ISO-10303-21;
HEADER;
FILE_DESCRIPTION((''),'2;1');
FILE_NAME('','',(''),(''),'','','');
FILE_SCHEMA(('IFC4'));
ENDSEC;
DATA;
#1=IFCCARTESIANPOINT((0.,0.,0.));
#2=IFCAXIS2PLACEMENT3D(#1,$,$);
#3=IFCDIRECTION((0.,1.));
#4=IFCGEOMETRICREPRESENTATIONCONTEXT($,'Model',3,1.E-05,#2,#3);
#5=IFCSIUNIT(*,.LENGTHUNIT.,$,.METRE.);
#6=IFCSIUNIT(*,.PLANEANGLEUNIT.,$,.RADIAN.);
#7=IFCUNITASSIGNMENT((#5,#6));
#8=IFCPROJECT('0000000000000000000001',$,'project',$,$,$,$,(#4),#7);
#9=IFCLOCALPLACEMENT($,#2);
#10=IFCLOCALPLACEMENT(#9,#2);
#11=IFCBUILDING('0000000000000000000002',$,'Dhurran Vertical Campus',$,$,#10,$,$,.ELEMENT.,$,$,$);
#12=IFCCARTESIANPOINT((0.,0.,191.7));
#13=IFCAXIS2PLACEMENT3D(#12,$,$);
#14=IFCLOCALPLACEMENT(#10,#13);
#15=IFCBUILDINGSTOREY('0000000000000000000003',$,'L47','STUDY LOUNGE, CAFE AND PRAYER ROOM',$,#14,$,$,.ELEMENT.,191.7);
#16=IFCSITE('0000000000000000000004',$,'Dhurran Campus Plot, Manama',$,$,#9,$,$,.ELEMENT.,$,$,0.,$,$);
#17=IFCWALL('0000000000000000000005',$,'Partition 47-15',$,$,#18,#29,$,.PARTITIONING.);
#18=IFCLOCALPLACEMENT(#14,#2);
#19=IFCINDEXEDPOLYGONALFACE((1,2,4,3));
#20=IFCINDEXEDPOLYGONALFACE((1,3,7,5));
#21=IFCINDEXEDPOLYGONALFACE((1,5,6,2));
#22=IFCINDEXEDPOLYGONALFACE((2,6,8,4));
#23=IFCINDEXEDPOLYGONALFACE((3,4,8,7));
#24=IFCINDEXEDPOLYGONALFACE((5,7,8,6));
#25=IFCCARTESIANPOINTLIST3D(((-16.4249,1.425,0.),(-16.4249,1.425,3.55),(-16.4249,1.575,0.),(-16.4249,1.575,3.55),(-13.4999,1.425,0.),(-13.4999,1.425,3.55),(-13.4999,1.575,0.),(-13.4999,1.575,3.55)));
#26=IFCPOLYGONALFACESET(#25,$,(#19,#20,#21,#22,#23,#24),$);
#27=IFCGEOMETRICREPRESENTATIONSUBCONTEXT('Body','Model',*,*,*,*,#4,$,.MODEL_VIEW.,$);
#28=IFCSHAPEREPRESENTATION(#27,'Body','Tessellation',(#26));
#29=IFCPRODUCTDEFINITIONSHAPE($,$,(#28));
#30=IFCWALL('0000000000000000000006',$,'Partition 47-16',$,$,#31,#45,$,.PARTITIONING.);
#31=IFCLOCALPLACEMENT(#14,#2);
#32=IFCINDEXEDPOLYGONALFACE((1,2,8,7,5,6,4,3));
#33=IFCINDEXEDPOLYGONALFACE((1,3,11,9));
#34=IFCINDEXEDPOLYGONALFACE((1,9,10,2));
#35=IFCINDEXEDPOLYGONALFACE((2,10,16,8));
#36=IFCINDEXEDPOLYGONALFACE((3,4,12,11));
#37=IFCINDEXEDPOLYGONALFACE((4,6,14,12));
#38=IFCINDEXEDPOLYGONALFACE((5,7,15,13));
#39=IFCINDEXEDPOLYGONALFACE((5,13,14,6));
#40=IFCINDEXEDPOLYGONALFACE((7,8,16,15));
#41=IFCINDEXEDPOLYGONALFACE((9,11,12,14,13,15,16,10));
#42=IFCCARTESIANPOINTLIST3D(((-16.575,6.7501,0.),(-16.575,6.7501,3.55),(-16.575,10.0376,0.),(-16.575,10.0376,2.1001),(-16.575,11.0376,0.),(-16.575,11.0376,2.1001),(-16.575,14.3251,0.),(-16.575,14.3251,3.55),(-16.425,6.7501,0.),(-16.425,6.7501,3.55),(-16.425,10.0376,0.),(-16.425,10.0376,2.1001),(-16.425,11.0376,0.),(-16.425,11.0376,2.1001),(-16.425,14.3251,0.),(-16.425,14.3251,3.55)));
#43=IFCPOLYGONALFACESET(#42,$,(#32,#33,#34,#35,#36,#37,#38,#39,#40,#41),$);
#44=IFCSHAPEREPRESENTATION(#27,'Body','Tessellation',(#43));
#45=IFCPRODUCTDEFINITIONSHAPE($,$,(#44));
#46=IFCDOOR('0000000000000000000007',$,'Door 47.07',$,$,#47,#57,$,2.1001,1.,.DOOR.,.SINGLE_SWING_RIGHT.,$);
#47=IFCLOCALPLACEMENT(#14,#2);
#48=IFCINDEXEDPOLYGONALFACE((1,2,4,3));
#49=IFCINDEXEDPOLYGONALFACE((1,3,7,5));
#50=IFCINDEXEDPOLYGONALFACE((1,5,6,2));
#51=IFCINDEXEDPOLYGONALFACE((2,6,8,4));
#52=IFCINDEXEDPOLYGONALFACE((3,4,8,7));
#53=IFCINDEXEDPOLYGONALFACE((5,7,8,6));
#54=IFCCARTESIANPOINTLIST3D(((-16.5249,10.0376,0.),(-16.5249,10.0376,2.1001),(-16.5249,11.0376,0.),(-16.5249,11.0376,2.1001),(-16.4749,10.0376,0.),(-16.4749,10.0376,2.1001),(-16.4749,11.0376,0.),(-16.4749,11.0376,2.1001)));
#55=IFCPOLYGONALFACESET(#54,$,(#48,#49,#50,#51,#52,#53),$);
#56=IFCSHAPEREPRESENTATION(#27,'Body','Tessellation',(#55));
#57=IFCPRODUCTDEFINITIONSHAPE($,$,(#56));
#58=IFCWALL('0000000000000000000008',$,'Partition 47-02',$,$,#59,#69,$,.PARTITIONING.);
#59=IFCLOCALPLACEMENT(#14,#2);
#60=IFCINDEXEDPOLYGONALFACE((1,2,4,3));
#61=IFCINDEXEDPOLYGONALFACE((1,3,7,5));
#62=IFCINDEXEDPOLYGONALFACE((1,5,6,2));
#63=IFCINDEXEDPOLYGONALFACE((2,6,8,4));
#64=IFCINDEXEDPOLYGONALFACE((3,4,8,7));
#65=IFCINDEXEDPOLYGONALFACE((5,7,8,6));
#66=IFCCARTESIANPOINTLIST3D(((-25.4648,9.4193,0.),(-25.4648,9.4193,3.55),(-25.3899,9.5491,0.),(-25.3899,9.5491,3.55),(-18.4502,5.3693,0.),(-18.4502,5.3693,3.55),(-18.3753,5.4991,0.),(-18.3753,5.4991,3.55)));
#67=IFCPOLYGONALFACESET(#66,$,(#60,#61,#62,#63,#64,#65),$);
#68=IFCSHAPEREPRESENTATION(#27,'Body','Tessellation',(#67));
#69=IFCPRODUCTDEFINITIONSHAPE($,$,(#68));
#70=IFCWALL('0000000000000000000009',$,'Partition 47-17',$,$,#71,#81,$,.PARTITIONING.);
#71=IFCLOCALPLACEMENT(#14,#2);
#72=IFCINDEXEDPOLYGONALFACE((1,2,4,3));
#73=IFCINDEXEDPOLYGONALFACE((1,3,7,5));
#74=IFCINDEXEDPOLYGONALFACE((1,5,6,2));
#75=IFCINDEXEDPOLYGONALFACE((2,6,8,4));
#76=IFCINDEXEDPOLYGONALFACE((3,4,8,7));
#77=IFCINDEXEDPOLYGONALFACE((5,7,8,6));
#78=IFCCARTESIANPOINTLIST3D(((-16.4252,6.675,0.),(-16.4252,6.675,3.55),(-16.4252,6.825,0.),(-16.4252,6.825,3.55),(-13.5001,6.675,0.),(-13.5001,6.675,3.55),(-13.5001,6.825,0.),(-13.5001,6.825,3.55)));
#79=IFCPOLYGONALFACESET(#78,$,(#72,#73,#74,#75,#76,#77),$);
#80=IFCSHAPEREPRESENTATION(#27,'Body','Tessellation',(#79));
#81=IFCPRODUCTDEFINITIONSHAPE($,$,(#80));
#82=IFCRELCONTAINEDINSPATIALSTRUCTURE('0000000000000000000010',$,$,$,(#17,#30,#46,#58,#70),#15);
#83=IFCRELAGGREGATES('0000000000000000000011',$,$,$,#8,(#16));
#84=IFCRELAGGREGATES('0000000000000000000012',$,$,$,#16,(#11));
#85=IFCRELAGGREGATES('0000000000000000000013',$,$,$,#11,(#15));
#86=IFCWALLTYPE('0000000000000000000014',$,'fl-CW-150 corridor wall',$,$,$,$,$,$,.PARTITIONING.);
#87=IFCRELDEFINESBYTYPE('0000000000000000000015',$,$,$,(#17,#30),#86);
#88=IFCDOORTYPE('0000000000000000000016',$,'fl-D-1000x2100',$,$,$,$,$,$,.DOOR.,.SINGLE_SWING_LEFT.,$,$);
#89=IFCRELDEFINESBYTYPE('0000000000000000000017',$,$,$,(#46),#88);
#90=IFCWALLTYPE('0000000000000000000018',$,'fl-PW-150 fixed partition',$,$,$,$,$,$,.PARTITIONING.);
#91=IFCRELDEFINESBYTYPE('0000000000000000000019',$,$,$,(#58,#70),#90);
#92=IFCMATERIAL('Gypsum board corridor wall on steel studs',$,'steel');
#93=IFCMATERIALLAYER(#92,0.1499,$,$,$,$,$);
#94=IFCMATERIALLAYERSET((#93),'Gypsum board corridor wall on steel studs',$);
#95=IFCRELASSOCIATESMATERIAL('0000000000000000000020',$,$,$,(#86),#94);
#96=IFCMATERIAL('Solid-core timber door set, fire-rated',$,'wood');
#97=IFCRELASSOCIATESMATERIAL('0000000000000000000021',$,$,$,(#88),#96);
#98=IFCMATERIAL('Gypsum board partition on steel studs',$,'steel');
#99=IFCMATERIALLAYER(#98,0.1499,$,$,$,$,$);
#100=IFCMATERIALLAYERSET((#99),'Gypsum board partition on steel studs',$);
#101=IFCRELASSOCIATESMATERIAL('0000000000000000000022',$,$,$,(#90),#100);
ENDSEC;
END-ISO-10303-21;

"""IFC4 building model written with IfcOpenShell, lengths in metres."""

from ifc_helpers import new_model, si_unit, direction, frame, frame_2d, origin, place, context, subcontext, project, spatial, rectangle, extrude, material, layer, layer_set, type_object, element, fill, save


model = new_model("IFC4")

# Units and contexts
model_context = context("Model", 3, precision=1e-05, world=origin(), true_north=direction((0.0, 1.0)))
body_context = subcontext(model_context, "Body", "Model", "MODEL_VIEW")
ifc_project = project(units=[si_unit("LENGTHUNIT", "METRE"), si_unit("PLANEANGLEUNIT", "RADIAN")], contexts=[model_context])

# Site, building, storey
site_placement = place(None, origin())
site = spatial("IfcSite", under=ifc_project, at=site_placement, Name="Dhurran Campus Plot, Manama", CompositionType="ELEMENT", RefElevation=0.0)
building_placement = place(site_placement, origin())
building = spatial("IfcBuilding", under=site, at=building_placement, Name="Dhurran Vertical Campus", CompositionType="ELEMENT")
storey_placement = place(building_placement, frame((0.0, 0.0, 191.7)))
storey = spatial("IfcBuildingStorey", under=building, at=storey_placement, Name="L47", Description="STUDY LOUNGE, CAFE AND PRAYER ROOM", CompositionType="ELEMENT", Elevation=191.7)

# Shared definitions
ifc_material_1 = material(Name="Gypsum board corridor wall on steel studs", Category="steel")
ifc_layer_1 = layer(ifc_material_1, 0.1499)
ifc_layer_set_1 = layer_set([ifc_layer_1], Name="Gypsum board corridor wall on steel studs")
wall_type_1 = type_object("IfcWallType", Name="fl-CW-150 corridor wall", PredefinedType="PARTITIONING", material=ifc_layer_set_1)
ifc_material_2 = material(Name="Solid-core timber door set, fire-rated", Category="wood")
door_type_1 = type_object("IfcDoorType", Name="fl-D-1000x2100", OperationType="SINGLE_SWING_LEFT", PredefinedType="DOOR", material=ifc_material_2)

# Wall
wall_1_placement = place(storey_placement, frame((-13.5, 1.5, 0.0), z_axis=(0.0, 0.0, 1.0), x_axis=(-1.0, 0.0, 0.0)))
element("IfcWall", 1, at=wall_1_placement, inside=storey, type_object=wall_type_1, Name="Partition 47-15", PredefinedType="PARTITIONING", context=body_context, shape_type="SweptSolid", body=[
    extrude(rectangle(XDim=2.925, YDim=0.1499, at=frame_2d((1.4624, 0.0))), origin(), (0.0, 0.0, 1.0), 3.55),
])

# Wall, opening, door
wall_2_placement = place(storey_placement, frame((-16.5, 6.75, 0.0), z_axis=(0.0, 0.0, 1.0), x_axis=(0.0, 1.0, 0.0)))
wall_2 = element("IfcWall", 2, at=wall_2_placement, inside=storey, type_object=wall_type_1, Name="Partition 47-16", PredefinedType="PARTITIONING", context=body_context, shape_type="SweptSolid", body=[
    extrude(rectangle(XDim=7.575, YDim=0.1499, at=frame_2d((3.7876, 0.0))), origin(), (0.0, 0.0, 1.0), 3.55),
])
opening_1_placement = place(wall_2_placement, frame((3.2876, 0.0, 0.0)))
opening_1 = element("IfcOpeningElement", 3, at=opening_1_placement, cuts=wall_2, PredefinedType="OPENING", context=body_context, shape_type="SweptSolid", body=[
    extrude(rectangle(XDim=1.0, YDim=2.1001, at=frame_2d((0.5, 1.05))), frame((0.0, 0.085, 0.0), z_axis=(0.0, -1.0, 0.0), x_axis=(1.0, 0.0, 0.0)), (0.0, 0.0, 1.0), 0.1699),
])
door_1_placement = place(opening_1_placement, origin())
door_1 = element("IfcDoor", 4, at=door_1_placement, inside=storey, type_object=door_type_1, Name="Door 47.07", OperationType="SINGLE_SWING_RIGHT", OverallHeight=2.1001, OverallWidth=1.0, PredefinedType="DOOR", context=body_context, shape_type="SweptSolid", body=[
    extrude(rectangle(XDim=1.0, YDim=2.1001, at=frame_2d((0.5, 1.05))), frame((0.0, 0.0249, 0.0), z_axis=(0.0, -1.0, 0.0), x_axis=(1.0, 0.0, 0.0)), (0.0, 0.0, 1.0), 0.05),
])
fill(opening_1, door_1)

# Walls
ifc_material_3 = material(Name="Gypsum board partition on steel studs", Category="steel")
ifc_layer_2 = layer(ifc_material_3, 0.1499)
ifc_layer_set_2 = layer_set([ifc_layer_2], Name="Gypsum board partition on steel studs")
wall_type_2 = type_object("IfcWallType", Name="fl-PW-150 fixed partition", PredefinedType="PARTITIONING", material=ifc_layer_set_2)
wall_3_placement = place(storey_placement, frame((-25.4272, 9.4841, 0.0), z_axis=(0.0, 0.0, 1.0), x_axis=(0.866018, -0.500013, 0.0)))
element("IfcWall", 5, at=wall_3_placement, inside=storey, type_object=wall_type_2, Name="Partition 47-02", PredefinedType="PARTITIONING", context=body_context, shape_type="SweptSolid", body=[
    extrude(rectangle(XDim=8.0999, YDim=0.1499, at=frame_2d((4.0498, 0.0))), origin(), (0.0, 0.0, 1.0), 3.55),
])
wall_4_placement = place(storey_placement, frame((-16.425, 6.75, 0.0), z_axis=(0.0, 0.0, 1.0), x_axis=(1.0, 0.0, 0.0)))
element("IfcWall", 6, at=wall_4_placement, inside=storey, type_object=wall_type_2, Name="Partition 47-17", PredefinedType="PARTITIONING", context=body_context, shape_type="SweptSolid", body=[
    extrude(rectangle(XDim=2.925, YDim=0.1499, at=frame_2d((1.4624, 0.0))), origin(), (0.0, 0.0, 1.0), 3.55),
])

save(model, "model.ifc")
